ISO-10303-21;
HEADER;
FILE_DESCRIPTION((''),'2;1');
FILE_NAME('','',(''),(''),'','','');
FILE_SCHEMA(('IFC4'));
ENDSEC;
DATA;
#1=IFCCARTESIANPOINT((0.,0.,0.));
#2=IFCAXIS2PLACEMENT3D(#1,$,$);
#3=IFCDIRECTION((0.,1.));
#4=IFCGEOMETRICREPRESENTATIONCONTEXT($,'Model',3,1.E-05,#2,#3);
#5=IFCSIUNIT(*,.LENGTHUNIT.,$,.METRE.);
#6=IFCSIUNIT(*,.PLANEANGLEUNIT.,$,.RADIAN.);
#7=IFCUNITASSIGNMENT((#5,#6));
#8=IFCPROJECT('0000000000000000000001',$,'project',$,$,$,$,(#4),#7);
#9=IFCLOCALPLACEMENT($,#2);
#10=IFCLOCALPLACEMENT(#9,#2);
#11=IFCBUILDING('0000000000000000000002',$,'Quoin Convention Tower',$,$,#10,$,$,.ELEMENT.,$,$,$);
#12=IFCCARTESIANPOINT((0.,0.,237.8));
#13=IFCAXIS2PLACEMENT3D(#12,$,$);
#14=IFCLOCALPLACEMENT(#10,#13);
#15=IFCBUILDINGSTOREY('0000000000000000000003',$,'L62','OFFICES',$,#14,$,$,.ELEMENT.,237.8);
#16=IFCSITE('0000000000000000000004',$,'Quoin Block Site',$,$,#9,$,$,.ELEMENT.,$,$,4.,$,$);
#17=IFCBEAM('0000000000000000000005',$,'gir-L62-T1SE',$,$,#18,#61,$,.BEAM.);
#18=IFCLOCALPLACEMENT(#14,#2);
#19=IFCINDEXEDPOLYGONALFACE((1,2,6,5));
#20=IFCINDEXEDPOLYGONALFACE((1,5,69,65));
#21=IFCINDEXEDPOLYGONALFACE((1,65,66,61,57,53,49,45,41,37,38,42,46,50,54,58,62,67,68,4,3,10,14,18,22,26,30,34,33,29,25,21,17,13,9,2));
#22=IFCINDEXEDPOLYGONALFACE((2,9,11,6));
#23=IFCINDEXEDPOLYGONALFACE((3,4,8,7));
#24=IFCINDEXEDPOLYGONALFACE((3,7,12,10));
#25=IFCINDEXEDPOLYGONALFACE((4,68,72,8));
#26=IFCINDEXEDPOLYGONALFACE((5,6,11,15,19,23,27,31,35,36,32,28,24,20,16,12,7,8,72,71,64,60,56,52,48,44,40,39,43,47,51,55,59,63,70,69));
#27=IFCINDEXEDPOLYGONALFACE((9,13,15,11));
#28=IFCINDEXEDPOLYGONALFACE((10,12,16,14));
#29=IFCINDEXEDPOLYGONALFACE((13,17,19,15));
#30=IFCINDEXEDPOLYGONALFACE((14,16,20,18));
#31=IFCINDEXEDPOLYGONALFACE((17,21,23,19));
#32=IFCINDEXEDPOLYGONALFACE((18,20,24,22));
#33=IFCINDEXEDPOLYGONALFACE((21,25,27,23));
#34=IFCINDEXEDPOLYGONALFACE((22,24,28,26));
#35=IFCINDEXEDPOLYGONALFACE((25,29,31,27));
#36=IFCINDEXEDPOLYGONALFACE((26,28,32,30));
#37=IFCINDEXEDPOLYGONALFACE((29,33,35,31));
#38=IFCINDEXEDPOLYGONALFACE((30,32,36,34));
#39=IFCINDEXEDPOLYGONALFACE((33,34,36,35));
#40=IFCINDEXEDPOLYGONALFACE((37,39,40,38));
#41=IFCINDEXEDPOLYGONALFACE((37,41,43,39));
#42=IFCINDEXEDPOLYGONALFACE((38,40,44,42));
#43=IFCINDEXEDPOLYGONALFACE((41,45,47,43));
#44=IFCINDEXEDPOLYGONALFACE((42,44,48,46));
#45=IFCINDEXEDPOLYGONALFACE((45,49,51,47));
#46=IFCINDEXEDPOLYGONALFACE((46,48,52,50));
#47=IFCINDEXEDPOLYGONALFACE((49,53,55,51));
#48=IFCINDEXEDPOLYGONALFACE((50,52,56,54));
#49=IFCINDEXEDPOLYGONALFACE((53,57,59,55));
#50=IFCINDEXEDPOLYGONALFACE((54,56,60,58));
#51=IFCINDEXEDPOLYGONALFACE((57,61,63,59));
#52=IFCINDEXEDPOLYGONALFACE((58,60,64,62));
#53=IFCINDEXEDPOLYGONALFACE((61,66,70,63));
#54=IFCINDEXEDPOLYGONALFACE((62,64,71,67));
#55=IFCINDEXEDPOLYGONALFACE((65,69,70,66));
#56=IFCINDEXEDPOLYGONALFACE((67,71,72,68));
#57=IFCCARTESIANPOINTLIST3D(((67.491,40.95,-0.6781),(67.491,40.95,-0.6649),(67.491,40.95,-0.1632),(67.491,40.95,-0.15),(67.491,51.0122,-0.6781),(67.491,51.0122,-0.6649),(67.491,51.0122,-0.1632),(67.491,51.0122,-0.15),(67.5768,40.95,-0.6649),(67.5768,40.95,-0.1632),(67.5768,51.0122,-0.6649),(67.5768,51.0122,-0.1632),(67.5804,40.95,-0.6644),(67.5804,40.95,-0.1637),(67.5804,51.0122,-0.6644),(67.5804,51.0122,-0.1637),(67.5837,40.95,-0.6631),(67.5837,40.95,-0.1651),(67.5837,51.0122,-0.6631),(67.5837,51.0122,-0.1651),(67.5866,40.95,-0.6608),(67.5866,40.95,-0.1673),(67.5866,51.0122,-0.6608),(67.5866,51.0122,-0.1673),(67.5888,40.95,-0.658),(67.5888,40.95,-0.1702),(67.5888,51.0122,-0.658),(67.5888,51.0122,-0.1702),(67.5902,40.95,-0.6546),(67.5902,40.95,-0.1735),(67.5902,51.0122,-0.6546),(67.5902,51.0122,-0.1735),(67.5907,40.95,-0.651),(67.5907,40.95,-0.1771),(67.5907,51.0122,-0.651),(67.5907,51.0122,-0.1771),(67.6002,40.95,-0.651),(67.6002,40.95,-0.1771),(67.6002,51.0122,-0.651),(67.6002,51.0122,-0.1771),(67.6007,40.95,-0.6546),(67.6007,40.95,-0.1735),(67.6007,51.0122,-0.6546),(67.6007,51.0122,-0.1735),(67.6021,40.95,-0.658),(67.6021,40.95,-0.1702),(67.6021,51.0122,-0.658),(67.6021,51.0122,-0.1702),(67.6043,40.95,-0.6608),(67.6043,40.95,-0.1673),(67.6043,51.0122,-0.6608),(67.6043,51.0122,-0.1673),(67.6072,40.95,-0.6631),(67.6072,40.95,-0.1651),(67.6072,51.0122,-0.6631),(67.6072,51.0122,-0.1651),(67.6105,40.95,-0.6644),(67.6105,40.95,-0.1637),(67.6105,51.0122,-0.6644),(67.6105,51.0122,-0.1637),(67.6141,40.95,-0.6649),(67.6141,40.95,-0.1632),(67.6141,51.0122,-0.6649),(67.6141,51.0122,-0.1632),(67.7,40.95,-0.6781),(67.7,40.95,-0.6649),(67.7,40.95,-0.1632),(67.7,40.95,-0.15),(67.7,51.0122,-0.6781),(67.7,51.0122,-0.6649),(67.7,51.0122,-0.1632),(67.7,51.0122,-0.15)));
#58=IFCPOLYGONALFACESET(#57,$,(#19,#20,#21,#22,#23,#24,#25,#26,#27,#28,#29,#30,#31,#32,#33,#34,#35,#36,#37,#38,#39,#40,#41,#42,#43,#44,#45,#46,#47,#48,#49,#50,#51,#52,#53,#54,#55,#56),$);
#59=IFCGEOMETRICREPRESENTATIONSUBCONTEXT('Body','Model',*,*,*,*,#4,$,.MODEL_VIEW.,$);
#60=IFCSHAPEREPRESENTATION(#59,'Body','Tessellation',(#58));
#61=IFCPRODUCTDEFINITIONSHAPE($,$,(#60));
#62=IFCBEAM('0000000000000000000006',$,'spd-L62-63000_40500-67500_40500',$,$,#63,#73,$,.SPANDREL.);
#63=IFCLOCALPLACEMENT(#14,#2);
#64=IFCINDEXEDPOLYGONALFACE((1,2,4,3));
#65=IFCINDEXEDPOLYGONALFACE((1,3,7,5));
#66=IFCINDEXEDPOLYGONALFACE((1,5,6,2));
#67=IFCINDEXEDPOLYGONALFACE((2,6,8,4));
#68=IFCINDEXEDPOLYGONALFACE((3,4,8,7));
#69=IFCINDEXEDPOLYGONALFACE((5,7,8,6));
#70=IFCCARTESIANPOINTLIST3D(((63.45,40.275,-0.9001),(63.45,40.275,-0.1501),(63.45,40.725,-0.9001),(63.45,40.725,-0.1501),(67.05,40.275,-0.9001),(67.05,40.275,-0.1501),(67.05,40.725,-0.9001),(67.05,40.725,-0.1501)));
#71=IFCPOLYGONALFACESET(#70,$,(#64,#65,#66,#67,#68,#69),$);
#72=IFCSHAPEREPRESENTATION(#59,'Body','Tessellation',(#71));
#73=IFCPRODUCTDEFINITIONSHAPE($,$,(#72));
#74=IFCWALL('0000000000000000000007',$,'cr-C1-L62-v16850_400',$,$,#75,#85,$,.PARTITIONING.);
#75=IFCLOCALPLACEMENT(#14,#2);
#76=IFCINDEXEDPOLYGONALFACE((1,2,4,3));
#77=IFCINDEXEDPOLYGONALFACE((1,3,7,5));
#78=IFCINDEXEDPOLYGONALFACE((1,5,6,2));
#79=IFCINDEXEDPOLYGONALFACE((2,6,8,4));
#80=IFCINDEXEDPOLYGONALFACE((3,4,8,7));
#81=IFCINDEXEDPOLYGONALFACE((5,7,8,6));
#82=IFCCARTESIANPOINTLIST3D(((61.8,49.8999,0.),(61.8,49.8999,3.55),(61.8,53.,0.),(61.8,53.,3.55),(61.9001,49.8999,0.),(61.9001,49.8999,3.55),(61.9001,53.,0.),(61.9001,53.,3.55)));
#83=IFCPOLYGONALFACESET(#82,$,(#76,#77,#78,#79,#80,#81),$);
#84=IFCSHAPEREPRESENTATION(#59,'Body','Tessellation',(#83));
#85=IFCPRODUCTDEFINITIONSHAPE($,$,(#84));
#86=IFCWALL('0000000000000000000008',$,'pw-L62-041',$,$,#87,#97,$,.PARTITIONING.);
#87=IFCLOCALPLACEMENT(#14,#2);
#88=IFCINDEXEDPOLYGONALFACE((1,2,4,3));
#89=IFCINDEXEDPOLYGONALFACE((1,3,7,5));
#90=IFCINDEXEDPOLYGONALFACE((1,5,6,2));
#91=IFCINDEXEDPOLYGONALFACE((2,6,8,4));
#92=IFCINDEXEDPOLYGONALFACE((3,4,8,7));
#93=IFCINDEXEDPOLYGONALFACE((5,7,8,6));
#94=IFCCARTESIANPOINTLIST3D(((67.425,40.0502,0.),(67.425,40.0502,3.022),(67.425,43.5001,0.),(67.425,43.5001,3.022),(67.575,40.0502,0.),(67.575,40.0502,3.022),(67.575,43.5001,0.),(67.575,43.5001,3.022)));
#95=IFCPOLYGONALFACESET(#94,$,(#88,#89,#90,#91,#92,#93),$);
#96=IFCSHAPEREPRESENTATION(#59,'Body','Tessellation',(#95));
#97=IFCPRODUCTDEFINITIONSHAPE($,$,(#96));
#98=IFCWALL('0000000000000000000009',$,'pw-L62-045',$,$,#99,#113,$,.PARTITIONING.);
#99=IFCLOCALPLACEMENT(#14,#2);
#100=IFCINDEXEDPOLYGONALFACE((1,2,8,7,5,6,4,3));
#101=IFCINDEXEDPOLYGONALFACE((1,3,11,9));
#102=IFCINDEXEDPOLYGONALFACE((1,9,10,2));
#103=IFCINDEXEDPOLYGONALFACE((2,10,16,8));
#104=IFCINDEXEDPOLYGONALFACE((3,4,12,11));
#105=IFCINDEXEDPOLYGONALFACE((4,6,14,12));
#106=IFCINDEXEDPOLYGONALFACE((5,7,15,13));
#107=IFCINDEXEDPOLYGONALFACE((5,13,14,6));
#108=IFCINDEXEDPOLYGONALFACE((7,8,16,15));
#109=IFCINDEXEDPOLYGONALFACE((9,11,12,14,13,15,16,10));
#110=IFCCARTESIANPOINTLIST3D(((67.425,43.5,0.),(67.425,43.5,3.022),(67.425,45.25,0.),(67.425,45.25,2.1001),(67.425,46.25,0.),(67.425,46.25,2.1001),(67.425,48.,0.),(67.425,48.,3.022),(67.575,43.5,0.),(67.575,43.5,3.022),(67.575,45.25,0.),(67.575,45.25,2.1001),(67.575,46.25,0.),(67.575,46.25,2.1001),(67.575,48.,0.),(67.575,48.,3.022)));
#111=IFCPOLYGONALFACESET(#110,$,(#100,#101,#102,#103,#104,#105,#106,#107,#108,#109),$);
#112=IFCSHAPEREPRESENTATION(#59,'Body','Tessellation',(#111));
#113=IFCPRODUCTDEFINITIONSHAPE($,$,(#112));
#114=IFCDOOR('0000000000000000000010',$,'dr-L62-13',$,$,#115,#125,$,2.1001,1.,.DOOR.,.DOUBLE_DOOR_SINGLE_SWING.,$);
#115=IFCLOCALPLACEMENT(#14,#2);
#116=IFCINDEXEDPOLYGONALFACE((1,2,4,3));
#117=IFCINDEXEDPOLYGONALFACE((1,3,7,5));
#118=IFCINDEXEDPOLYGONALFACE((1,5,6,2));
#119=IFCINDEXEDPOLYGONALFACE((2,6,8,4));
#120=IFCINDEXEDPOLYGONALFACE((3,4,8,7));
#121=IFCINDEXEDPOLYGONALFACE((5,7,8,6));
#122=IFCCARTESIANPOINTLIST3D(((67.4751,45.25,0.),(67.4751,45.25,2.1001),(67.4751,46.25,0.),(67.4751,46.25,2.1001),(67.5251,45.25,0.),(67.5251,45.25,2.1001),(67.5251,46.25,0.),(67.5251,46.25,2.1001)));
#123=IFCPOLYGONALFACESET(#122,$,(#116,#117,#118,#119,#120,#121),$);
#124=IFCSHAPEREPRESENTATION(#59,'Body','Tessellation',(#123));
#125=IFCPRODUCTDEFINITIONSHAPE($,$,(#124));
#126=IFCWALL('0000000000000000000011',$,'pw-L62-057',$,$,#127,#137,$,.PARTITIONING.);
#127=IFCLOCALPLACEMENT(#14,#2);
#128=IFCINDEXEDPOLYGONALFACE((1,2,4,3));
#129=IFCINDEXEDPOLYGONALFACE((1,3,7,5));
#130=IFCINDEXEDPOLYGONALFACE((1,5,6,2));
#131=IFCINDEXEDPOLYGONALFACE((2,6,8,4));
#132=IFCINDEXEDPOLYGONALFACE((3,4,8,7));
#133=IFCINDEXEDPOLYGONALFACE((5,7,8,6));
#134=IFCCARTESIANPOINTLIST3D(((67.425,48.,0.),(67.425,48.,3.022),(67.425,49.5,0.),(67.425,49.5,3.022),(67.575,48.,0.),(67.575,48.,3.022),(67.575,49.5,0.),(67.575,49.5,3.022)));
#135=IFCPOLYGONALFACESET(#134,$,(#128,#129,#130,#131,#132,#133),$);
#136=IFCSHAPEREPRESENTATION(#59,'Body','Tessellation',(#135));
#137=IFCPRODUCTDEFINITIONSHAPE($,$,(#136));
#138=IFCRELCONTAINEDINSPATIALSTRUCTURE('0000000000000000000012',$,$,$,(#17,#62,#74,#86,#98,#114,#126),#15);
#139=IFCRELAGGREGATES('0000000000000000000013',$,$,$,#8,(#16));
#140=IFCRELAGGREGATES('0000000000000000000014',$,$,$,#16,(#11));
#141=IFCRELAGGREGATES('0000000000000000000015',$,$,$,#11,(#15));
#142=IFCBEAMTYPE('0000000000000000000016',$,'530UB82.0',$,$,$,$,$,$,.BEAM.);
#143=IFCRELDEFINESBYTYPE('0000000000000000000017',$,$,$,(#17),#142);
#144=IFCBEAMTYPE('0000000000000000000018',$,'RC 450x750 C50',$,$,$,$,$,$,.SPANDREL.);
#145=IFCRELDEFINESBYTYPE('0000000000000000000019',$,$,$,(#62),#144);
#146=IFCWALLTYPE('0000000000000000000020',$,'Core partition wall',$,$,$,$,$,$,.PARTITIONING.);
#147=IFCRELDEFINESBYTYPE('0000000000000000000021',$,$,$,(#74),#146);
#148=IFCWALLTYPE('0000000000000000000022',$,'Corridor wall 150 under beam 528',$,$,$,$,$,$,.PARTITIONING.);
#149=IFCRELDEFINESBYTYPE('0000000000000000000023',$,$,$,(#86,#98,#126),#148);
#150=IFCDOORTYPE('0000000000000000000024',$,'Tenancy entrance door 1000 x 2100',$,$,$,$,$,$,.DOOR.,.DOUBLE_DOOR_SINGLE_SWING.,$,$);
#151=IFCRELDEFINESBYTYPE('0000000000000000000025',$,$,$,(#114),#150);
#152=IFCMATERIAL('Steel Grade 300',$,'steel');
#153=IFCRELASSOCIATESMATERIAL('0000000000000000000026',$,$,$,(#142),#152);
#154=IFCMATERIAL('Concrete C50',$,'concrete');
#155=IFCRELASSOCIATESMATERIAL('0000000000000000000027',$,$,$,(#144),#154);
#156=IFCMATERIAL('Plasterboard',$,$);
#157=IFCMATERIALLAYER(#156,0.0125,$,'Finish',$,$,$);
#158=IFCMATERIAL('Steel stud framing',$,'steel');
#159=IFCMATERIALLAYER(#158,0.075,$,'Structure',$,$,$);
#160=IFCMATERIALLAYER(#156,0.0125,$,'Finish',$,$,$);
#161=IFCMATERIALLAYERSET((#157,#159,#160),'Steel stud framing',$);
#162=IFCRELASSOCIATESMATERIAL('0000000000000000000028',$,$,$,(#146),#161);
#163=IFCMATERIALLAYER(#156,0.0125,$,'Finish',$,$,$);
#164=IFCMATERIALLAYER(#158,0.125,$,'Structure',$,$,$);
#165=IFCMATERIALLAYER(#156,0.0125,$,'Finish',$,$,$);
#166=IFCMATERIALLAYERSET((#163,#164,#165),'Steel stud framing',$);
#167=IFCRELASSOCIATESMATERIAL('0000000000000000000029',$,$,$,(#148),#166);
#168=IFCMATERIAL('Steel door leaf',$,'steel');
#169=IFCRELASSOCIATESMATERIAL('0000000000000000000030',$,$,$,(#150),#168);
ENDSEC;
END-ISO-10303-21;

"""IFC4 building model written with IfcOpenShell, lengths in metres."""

from ifc_helpers import new_model, si_unit, direction, frame, frame_2d, origin, origin_2d, place, context, subcontext, project, spatial, rectangle, i_section, extrude, material, layer, layer_set, material_profile, profile_set, type_object, element, fill, save


model = new_model("IFC4")

# Units and contexts
model_context = context("Model", 3, precision=1e-05, world=origin(), true_north=direction((0.0, 1.0)))
body_context = subcontext(model_context, "Body", "Model", "MODEL_VIEW")
ifc_project = project(units=[si_unit("LENGTHUNIT", "METRE"), si_unit("PLANEANGLEUNIT", "RADIAN")], contexts=[model_context])

# Site, building, storey
site_placement = place(None, origin())
site = spatial("IfcSite", under=ifc_project, at=site_placement, Name="Quoin Block Site", CompositionType="ELEMENT", RefElevation=4.0)
building_placement = place(site_placement, origin())
building = spatial("IfcBuilding", under=site, at=building_placement, Name="Quoin Convention Tower", CompositionType="ELEMENT")
storey_placement = place(building_placement, frame((0.0, 0.0, 237.8)))
storey = spatial("IfcBuildingStorey", under=building, at=storey_placement, Name="L62", Description="OFFICES", CompositionType="ELEMENT", Elevation=237.8)

# Shared definitions
ifc_material_1 = material(Name="Concrete C50", Category="concrete")

# Beams
ifc_material_2 = material(Name="Steel Grade 300", Category="steel")
ifc_material_profile_1 = material_profile(ifc_material_2, i_section(OverallWidth=0.209, OverallDepth=0.5281, WebThickness=0.0095, FlangeThickness=0.0132, FilletRadius=0.0139, at=origin_2d()), Name="530UB82.0")
ifc_profile_set_1 = profile_set([ifc_material_profile_1], Name="Steel Grade 300")
beam_type_1 = type_object("IfcBeamType", Name="530UB82.0", PredefinedType="BEAM", material=ifc_profile_set_1)
beam_1_placement = place(storey_placement, frame((67.5955, 40.95, -0.4141), z_axis=(0.0, 1.0, 0.0), x_axis=(-1.0, 0.0, 0.0)))
element("IfcBeam", 1, at=beam_1_placement, inside=storey, type_object=beam_type_1, Name="gir-L62-T1SE", PredefinedType="BEAM", context=body_context, shape_type="SweptSolid", body=[
    extrude(i_section(OverallWidth=0.209, OverallDepth=0.5281, WebThickness=0.0095, FlangeThickness=0.0132, FilletRadius=0.0139, at=origin_2d()), origin(), (0.0, 0.0, 1.0), 10.0623),
])
ifc_material_profile_2 = material_profile(ifc_material_1, rectangle(XDim=0.45, YDim=0.75, at=origin_2d()), Name="RC 450x750")
ifc_profile_set_2 = profile_set([ifc_material_profile_2], Name="Concrete C50")
beam_type_2 = type_object("IfcBeamType", Name="RC 450x750 C50", PredefinedType="SPANDREL", material=ifc_profile_set_2)
beam_2_placement = place(storey_placement, frame((63.45, 40.5, -0.5251), z_axis=(1.0, 0.0, 0.0), x_axis=(0.0, 1.0, 0.0)))
element("IfcBeam", 2, at=beam_2_placement, inside=storey, type_object=beam_type_2, Name="spd-L62-63000_40500-67500_40500", PredefinedType="SPANDREL", context=body_context, shape_type="SweptSolid", body=[
    extrude(rectangle(XDim=0.45, YDim=0.75, at=origin_2d()), origin(), (0.0, 0.0, 1.0), 3.6001),
])

# Walls
ifc_material_3 = material(Name="Plasterboard")
ifc_layer_1 = layer(ifc_material_3, 0.0125, Name="Finish")
ifc_material_4 = material(Name="Steel stud framing", Category="steel")
ifc_layer_2 = layer(ifc_material_4, 0.075, Name="Structure")
ifc_layer_3 = layer(ifc_material_3, 0.0125, Name="Finish")
ifc_layer_set_1 = layer_set([ifc_layer_1, ifc_layer_2, ifc_layer_3], Name="Steel stud framing")
wall_type_1 = type_object("IfcWallType", Name="Core partition wall", PredefinedType="PARTITIONING", material=ifc_layer_set_1)
wall_1_placement = place(storey_placement, frame((61.8501, 49.8999, 0.0), z_axis=(0.0, 0.0, 1.0), x_axis=(0.0, 1.0, 0.0)))
element("IfcWall", 3, at=wall_1_placement, inside=storey, type_object=wall_type_1, Name="cr-C1-L62-v16850_400", PredefinedType="PARTITIONING", context=body_context, shape_type="SweptSolid", body=[
    extrude(rectangle(XDim=3.1001, YDim=0.1001, at=frame_2d((1.55, 0.0))), origin(), (0.0, 0.0, 1.0), 3.55),
])
ifc_layer_4 = layer(ifc_material_3, 0.0125, Name="Finish")
ifc_layer_5 = layer(ifc_material_4, 0.125, Name="Structure")
ifc_layer_6 = layer(ifc_material_3, 0.0125, Name="Finish")
ifc_layer_set_2 = layer_set([ifc_layer_4, ifc_layer_5, ifc_layer_6], Name="Steel stud framing")
wall_type_2 = type_object("IfcWallType", Name="Corridor wall 150 under beam 528", PredefinedType="PARTITIONING", material=ifc_layer_set_2)
wall_2_placement = place(storey_placement, frame((67.5, 40.05, 0.0), z_axis=(0.0, 0.0, 1.0), x_axis=(0.0, 1.0, 0.0)))
element("IfcWall", 4, at=wall_2_placement, inside=storey, type_object=wall_type_2, Name="pw-L62-041", PredefinedType="PARTITIONING", context=body_context, shape_type="SweptSolid", body=[
    extrude(rectangle(XDim=3.45, YDim=0.1499, at=frame_2d((1.7251, 0.0))), origin(), (0.0, 0.0, 1.0), 3.022),
])

# Wall, opening, door
wall_3_placement = place(storey_placement, frame((67.5, 43.5, 0.0), z_axis=(0.0, 0.0, 1.0), x_axis=(0.0, 1.0, 0.0)))
wall_3 = element("IfcWall", 5, at=wall_3_placement, inside=storey, type_object=wall_type_2, Name="pw-L62-045", PredefinedType="PARTITIONING", context=body_context, shape_type="SweptSolid", body=[
    extrude(rectangle(XDim=4.5, YDim=0.1499, at=frame_2d((2.25, 0.0))), origin(), (0.0, 0.0, 1.0), 3.022),
])
opening_1_placement = place(wall_3_placement, frame((1.75, 0.0, 0.0)))
opening_1 = element("IfcOpeningElement", 6, at=opening_1_placement, cuts=wall_3, PredefinedType="OPENING", context=body_context, shape_type="SweptSolid", body=[
    extrude(rectangle(XDim=1.0, YDim=2.1001, at=frame_2d((0.5, 1.05))), frame((0.0, 0.085, 0.0), z_axis=(0.0, -1.0, 0.0), x_axis=(1.0, 0.0, 0.0)), (0.0, 0.0, 1.0), 0.1699),
])
ifc_material_5 = material(Name="Steel door leaf", Category="steel")
door_type_1 = type_object("IfcDoorType", Name="Tenancy entrance door 1000 x 2100", OperationType="DOUBLE_DOOR_SINGLE_SWING", PredefinedType="DOOR", material=ifc_material_5)
door_1_placement = place(opening_1_placement, origin())
door_1 = element("IfcDoor", 7, at=door_1_placement, inside=storey, type_object=door_type_1, Name="dr-L62-13", OperationType="DOUBLE_DOOR_SINGLE_SWING", OverallHeight=2.1001, OverallWidth=1.0, PredefinedType="DOOR", context=body_context, shape_type="SweptSolid", body=[
    extrude(rectangle(XDim=1.0, YDim=2.1001, at=frame_2d((0.5, 1.05))), frame((0.0, 0.0249, 0.0), z_axis=(0.0, -1.0, 0.0), x_axis=(1.0, 0.0, 0.0)), (0.0, 0.0, 1.0), 0.05),
])
fill(opening_1, door_1)

# Wall
wall_4_placement = place(storey_placement, frame((67.5, 48.0, 0.0), z_axis=(0.0, 0.0, 1.0), x_axis=(0.0, 1.0, 0.0)))
element("IfcWall", 8, at=wall_4_placement, inside=storey, type_object=wall_type_2, Name="pw-L62-057", PredefinedType="PARTITIONING", context=body_context, shape_type="SweptSolid", body=[
    extrude(rectangle(XDim=1.5, YDim=0.1499, at=frame_2d((0.75, 0.0))), origin(), (0.0, 0.0, 1.0), 3.022),
])

save(model, "model.ifc")
